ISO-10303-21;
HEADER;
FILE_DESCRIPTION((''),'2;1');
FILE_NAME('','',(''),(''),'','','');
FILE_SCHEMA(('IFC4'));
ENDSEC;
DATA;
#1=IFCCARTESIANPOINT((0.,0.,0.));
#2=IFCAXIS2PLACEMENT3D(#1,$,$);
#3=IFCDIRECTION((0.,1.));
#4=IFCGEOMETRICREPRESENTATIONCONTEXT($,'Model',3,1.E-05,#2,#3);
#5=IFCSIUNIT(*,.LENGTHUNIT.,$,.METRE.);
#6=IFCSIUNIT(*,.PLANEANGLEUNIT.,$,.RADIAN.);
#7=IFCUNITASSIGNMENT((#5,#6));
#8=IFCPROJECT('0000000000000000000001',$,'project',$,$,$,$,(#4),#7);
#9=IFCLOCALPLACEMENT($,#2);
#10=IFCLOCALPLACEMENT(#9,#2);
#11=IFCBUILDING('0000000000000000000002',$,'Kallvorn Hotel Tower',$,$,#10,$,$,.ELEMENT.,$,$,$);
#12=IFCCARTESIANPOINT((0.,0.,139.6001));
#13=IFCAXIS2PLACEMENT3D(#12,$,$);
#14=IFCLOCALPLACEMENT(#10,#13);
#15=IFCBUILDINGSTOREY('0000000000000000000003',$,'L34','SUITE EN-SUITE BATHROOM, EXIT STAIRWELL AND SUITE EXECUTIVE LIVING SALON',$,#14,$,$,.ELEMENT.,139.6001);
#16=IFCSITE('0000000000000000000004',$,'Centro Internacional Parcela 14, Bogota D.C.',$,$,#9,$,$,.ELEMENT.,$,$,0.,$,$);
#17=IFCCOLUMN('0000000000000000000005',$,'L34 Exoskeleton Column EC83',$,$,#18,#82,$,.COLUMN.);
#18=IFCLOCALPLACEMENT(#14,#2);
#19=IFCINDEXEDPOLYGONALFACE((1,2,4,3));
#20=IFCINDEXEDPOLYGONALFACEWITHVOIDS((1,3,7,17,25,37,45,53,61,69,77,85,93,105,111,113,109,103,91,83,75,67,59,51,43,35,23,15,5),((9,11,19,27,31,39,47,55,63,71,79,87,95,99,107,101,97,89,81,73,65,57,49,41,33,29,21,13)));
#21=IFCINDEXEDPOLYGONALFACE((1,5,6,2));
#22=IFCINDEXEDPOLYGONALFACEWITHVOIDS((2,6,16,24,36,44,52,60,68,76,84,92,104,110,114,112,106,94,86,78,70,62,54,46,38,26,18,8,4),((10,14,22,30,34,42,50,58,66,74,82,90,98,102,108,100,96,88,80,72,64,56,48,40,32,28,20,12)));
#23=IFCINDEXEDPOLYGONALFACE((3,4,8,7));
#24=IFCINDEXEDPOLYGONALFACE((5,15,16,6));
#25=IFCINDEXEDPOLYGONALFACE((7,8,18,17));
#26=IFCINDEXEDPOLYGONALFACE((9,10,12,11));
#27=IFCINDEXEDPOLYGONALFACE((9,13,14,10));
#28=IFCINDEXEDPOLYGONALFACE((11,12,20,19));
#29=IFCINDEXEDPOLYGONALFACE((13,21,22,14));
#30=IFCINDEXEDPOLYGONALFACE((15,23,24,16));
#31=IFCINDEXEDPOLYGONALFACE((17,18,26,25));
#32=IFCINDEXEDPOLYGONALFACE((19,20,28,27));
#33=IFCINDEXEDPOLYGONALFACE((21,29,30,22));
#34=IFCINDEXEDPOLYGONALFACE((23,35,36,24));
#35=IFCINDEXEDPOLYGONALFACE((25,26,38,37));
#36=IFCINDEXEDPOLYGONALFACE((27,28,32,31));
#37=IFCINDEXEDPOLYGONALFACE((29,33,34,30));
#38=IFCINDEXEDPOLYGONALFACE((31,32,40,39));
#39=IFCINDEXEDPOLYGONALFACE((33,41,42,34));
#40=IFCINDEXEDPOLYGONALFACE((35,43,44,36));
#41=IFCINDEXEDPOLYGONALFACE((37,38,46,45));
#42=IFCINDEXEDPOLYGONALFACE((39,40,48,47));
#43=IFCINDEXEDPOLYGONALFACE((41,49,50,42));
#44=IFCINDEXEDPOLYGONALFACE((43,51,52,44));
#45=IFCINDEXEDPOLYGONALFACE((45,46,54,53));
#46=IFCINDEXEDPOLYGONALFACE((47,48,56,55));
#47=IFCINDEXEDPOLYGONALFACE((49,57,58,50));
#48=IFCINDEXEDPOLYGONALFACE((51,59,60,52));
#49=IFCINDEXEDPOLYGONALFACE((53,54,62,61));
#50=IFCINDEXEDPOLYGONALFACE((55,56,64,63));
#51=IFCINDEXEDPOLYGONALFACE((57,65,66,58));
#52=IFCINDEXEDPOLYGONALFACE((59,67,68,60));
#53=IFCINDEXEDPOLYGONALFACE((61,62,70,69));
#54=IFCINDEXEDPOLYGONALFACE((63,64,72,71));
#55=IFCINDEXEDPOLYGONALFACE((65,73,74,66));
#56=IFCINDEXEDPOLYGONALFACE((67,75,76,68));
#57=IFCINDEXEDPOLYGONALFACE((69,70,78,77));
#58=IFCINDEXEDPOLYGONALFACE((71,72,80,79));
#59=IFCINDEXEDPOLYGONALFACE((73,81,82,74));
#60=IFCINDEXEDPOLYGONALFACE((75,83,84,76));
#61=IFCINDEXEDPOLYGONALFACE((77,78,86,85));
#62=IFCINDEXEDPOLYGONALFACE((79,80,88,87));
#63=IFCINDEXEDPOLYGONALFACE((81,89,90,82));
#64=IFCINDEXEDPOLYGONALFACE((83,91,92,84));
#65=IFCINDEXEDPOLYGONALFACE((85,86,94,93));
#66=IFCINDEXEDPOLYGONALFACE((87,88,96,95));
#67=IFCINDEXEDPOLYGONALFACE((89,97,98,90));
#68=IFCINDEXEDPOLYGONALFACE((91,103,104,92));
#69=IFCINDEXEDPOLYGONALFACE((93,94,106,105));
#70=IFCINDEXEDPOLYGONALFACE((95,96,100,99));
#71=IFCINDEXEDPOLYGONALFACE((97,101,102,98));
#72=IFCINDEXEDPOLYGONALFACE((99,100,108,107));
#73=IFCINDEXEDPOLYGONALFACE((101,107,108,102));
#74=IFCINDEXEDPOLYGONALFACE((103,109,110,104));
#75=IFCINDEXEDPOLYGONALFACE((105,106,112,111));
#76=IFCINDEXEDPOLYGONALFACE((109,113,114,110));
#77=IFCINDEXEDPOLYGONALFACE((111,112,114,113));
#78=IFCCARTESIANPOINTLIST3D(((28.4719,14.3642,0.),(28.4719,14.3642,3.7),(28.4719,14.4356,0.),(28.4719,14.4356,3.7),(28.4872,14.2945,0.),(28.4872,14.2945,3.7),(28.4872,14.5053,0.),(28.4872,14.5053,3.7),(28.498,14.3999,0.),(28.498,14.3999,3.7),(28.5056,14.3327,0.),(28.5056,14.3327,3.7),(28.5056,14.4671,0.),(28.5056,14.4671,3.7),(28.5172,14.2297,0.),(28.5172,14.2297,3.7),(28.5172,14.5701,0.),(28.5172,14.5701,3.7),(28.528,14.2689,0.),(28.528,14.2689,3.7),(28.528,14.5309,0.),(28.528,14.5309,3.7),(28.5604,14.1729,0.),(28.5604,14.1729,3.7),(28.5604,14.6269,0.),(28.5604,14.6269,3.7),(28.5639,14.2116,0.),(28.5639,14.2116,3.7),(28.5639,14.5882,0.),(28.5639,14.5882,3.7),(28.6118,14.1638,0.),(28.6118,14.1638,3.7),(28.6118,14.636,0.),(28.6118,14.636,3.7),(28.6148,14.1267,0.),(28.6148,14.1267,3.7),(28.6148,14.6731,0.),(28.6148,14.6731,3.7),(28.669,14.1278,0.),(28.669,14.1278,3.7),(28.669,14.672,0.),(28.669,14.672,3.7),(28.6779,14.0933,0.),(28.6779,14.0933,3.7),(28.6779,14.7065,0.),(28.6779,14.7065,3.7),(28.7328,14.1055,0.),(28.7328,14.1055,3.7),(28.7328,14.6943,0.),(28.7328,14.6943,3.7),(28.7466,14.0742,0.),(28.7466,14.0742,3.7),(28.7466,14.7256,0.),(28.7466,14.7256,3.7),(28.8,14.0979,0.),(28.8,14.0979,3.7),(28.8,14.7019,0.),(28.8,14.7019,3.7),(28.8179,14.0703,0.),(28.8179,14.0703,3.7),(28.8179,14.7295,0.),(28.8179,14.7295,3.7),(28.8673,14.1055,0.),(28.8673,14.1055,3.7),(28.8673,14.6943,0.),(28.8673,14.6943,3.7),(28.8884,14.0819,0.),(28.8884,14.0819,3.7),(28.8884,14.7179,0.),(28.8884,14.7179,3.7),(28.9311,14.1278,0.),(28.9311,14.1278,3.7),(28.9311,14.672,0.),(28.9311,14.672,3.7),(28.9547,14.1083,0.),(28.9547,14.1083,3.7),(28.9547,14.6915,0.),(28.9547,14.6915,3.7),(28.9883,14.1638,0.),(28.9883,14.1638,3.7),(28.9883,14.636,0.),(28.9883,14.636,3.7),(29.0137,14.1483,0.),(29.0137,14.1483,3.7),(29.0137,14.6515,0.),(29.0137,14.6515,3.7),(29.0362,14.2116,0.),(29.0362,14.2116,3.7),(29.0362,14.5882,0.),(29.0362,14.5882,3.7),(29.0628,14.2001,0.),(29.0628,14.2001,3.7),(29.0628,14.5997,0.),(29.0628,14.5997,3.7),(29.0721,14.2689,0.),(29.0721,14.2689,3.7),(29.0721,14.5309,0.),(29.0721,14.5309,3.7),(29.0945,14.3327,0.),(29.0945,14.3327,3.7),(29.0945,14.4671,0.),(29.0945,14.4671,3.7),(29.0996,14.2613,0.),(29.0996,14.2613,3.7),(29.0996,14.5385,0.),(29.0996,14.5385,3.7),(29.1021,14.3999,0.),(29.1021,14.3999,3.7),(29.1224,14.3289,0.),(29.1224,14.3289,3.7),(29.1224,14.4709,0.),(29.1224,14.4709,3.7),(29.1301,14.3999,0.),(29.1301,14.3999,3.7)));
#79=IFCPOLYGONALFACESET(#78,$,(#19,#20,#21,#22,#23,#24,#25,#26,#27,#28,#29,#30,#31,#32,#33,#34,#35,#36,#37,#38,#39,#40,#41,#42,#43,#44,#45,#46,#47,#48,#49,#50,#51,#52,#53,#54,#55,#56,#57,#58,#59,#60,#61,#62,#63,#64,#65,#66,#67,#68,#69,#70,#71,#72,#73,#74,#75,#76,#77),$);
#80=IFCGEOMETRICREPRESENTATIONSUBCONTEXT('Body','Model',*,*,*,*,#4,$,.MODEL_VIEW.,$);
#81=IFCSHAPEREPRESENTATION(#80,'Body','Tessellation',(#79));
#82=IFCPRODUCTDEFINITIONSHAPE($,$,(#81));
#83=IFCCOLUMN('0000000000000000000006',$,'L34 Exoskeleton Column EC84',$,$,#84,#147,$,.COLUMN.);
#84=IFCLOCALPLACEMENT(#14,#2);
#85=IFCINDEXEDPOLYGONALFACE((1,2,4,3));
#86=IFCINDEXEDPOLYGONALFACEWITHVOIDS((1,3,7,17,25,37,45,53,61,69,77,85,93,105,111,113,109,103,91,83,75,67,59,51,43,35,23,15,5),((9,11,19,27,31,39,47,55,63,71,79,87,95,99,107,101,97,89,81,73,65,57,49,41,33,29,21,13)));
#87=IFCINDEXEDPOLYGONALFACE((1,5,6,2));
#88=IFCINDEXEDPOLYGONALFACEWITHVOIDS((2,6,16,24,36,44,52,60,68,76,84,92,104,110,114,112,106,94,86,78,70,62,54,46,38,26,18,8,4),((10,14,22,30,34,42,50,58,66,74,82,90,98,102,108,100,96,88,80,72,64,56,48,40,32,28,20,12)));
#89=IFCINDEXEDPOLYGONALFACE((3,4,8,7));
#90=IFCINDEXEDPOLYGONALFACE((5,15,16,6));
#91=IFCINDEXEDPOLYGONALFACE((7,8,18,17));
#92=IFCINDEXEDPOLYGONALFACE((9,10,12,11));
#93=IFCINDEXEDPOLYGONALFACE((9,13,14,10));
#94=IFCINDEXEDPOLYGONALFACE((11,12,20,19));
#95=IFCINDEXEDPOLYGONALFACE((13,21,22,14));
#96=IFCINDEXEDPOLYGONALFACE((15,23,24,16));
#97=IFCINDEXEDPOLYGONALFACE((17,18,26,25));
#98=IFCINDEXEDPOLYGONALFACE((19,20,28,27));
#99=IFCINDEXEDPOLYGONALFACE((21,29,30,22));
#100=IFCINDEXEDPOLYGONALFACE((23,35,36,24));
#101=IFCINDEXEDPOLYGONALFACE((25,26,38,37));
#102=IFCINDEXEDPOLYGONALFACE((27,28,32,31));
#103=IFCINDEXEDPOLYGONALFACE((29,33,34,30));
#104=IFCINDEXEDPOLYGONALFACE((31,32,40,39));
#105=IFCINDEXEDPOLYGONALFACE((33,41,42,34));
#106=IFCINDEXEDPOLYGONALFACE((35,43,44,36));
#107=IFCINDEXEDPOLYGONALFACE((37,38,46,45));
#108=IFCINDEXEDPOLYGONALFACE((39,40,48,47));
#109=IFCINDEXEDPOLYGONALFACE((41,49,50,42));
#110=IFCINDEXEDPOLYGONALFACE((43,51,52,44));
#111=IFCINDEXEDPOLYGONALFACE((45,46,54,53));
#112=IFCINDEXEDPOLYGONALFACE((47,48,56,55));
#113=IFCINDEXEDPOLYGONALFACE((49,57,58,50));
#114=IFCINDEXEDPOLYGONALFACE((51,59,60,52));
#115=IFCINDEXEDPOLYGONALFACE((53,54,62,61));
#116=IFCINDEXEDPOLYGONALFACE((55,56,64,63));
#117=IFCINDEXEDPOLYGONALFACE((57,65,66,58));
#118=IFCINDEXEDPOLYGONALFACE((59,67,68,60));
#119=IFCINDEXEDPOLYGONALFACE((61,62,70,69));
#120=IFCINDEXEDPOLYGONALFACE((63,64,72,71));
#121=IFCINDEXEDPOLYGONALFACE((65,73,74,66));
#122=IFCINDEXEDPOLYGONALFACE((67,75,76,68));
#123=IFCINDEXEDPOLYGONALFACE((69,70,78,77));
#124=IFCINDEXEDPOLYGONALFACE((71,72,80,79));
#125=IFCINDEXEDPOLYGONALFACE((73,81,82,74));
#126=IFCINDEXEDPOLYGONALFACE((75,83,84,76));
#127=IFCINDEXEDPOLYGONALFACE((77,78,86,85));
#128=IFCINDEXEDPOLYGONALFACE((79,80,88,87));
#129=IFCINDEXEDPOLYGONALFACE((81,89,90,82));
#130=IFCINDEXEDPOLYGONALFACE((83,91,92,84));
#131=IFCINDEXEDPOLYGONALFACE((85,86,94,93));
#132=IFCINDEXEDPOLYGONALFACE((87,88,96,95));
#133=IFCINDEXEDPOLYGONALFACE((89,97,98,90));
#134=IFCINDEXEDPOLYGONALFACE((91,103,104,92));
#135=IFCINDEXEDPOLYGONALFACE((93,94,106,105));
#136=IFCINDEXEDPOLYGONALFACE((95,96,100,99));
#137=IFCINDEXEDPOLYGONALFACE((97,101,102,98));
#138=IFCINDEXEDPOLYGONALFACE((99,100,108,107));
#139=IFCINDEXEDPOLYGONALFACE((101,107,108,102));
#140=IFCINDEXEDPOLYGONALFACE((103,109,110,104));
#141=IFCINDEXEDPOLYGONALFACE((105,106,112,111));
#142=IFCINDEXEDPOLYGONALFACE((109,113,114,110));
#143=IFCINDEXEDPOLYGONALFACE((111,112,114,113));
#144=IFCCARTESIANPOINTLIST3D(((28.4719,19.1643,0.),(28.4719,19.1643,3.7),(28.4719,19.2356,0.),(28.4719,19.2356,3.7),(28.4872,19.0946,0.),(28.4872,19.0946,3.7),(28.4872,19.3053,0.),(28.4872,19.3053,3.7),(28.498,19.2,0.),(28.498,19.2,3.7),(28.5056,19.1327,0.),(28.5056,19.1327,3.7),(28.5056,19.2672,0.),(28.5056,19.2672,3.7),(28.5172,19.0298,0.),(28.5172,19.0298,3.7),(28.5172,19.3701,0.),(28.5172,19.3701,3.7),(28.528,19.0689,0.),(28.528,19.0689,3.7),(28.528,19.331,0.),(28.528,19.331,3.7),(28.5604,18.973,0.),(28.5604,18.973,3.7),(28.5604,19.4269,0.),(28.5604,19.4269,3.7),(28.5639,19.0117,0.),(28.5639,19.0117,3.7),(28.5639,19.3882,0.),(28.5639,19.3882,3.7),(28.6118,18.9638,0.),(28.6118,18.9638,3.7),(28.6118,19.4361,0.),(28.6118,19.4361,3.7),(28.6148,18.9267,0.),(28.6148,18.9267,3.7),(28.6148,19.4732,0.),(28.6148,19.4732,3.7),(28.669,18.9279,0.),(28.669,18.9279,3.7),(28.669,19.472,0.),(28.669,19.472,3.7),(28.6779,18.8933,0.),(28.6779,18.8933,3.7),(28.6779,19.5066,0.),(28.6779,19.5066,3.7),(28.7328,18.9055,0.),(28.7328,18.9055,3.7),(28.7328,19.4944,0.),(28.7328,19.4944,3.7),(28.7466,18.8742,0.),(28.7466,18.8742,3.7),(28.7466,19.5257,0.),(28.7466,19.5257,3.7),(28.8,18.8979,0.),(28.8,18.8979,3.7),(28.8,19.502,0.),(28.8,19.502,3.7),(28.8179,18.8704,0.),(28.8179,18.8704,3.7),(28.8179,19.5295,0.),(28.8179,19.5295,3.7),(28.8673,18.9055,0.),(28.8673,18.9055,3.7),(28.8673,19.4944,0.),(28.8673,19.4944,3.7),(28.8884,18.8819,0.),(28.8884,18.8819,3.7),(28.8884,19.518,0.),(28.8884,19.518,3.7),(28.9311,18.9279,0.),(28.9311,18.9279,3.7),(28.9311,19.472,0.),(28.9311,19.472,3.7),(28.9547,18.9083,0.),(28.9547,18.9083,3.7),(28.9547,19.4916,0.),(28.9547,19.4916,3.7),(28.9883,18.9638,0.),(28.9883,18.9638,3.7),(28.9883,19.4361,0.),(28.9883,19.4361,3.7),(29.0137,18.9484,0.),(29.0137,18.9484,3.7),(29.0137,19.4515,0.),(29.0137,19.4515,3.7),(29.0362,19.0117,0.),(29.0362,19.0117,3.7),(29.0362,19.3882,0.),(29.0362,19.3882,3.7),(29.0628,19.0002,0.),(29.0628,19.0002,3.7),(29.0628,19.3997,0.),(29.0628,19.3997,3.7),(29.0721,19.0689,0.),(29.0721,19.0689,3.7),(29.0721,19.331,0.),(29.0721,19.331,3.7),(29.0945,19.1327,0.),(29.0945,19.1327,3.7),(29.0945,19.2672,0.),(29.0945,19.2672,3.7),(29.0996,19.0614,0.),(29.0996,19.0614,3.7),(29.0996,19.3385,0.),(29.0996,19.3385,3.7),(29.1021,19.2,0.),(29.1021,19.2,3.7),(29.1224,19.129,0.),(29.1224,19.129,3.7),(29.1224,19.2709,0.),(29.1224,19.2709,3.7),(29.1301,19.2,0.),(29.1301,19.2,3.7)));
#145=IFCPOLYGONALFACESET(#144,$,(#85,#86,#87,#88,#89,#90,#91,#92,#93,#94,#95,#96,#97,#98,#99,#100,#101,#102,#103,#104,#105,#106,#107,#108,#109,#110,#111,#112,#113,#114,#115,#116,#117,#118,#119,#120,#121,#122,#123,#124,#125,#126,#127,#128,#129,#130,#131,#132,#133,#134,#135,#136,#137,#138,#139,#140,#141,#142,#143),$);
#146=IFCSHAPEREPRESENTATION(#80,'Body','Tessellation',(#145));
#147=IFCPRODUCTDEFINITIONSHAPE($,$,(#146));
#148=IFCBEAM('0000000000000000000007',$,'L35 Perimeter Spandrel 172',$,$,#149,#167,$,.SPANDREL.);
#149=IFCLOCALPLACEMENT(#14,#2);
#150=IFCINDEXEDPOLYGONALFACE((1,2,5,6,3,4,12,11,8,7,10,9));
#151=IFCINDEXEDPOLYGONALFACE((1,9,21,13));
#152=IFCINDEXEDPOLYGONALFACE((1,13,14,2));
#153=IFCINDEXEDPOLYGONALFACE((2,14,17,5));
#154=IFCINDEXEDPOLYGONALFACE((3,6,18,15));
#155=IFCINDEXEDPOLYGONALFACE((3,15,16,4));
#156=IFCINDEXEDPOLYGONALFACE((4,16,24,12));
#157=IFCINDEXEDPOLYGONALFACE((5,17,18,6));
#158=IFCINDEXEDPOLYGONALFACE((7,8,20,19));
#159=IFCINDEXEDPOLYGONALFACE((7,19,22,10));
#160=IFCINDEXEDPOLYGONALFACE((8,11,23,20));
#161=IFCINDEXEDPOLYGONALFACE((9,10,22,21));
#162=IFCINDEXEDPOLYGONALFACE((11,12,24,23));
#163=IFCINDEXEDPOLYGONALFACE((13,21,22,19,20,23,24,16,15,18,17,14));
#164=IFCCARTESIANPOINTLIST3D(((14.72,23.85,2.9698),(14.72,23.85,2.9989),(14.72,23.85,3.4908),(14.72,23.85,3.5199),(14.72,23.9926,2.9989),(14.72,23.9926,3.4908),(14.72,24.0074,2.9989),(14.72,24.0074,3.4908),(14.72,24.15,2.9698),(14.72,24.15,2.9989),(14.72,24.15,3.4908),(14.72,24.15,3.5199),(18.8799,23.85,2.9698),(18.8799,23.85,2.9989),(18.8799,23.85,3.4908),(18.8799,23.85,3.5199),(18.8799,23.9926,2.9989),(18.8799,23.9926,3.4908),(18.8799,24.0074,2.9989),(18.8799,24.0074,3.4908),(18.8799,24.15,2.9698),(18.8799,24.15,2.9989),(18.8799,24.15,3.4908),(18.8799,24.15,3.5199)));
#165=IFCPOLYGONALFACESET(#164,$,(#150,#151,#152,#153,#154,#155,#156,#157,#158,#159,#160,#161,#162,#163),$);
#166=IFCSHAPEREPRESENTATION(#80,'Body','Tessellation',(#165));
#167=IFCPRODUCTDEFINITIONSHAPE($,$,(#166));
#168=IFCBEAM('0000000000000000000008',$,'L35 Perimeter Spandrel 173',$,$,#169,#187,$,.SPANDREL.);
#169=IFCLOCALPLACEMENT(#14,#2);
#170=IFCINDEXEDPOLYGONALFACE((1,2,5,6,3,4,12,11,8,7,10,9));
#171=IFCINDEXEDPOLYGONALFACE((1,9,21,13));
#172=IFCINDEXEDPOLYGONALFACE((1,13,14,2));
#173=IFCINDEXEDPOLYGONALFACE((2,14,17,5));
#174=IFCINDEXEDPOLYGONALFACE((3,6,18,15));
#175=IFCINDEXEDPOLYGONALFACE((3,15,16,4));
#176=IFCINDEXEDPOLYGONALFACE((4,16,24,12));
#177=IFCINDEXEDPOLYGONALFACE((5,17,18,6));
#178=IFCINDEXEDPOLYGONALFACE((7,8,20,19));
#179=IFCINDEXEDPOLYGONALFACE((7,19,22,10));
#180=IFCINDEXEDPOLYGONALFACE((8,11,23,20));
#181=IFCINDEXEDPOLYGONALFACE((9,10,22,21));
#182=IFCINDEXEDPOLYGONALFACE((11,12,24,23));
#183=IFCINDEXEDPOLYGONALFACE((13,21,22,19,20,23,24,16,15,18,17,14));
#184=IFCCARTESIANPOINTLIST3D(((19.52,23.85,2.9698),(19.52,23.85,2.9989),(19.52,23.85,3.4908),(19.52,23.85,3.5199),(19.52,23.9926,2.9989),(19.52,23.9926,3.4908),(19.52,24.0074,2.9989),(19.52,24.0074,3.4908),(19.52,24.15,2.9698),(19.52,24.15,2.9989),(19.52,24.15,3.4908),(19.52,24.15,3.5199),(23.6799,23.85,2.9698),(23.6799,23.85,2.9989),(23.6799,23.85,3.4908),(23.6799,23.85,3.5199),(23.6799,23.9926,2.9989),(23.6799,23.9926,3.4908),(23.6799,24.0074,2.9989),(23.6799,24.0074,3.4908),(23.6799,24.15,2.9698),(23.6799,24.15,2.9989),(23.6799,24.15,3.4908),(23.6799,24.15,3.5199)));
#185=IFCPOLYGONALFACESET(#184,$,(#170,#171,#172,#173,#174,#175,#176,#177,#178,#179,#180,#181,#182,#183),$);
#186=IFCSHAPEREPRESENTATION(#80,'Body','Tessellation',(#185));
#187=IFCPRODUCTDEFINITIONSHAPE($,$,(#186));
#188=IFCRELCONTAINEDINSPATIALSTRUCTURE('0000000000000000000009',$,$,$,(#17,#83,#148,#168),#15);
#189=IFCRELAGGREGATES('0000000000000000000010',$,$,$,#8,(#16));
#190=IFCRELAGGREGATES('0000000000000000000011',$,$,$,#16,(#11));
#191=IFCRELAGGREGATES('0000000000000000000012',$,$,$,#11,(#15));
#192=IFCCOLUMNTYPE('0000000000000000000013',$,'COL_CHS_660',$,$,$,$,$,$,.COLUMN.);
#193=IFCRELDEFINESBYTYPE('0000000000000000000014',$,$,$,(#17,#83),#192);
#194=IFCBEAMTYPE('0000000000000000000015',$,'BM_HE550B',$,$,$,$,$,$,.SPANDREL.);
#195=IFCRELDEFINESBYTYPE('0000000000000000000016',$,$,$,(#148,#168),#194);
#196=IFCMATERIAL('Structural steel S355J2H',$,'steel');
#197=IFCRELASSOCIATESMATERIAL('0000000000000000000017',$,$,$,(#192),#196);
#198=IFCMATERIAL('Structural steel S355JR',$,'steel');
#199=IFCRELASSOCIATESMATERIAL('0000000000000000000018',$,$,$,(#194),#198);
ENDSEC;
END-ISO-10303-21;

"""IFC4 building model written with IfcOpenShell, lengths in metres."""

from ifc_helpers import new_model, si_unit, direction, frame, origin, origin_2d, place, context, subcontext, project, spatial, hollow_circle, i_section, extrude, material, material_profile, profile_set, type_object, element, save


model = new_model("IFC4")

# Units and contexts
model_context = context("Model", 3, precision=1e-05, world=origin(), true_north=direction((0.0, 1.0)))
body_context = subcontext(model_context, "Body", "Model", "MODEL_VIEW")
ifc_project = project(units=[si_unit("LENGTHUNIT", "METRE"), si_unit("PLANEANGLEUNIT", "RADIAN")], contexts=[model_context])

# Site, building, storey
site_placement = place(None, origin())
site = spatial("IfcSite", under=ifc_project, at=site_placement, Name="Centro Internacional Parcela 14, Bogota D.C.", CompositionType="ELEMENT", RefElevation=0.0)
building_placement = place(site_placement, origin())
building = spatial("IfcBuilding", under=site, at=building_placement, Name="Kallvorn Hotel Tower", CompositionType="ELEMENT")
storey_placement = place(building_placement, frame((0.0, 0.0, 139.6001)))
storey = spatial("IfcBuildingStorey", under=building, at=storey_placement, Name="L34", Description="SUITE EN-SUITE BATHROOM, EXIT STAIRWELL AND SUITE EXECUTIVE LIVING SALON", CompositionType="ELEMENT", Elevation=139.6001)

# Columns
ifc_material_1 = material(Name="Structural steel S355J2H", Category="steel")
ifc_material_profile_1 = material_profile(ifc_material_1, hollow_circle(Radius=0.3301, WallThickness=0.0281, at=origin_2d()), Name="CHS 660x28")
ifc_profile_set_1 = profile_set([ifc_material_profile_1], Name="Structural steel S355J2H")
column_type = type_object("IfcColumnType", Name="COL_CHS_660", PredefinedType="COLUMN", material=ifc_profile_set_1)
for number, where, z_axis, x_axis, name in (
    (1, (28.8, 14.3999, 0.0), (0.0, 0.0, 1.0), (1.0, 0.0, 0.0), "L34 Exoskeleton Column EC83"),
    (2, (28.8, 19.2, 0.0), (0.0, 0.0, 1.0), (1.0, 0.0, 0.0), "L34 Exoskeleton Column EC84"),
):
    element("IfcColumn", number, at=place(storey_placement, frame(where, z_axis=z_axis, x_axis=x_axis)), inside=storey, type_object=column_type, Name=name, PredefinedType="COLUMN", context=body_context, shape_type="SweptSolid", body=[
        extrude(hollow_circle(Radius=0.3301, WallThickness=0.0281, at=origin_2d()), origin(), (0.0, 0.0, 1.0), 3.7),
    ])

# Beams
ifc_material_2 = material(Name="Structural steel S355JR", Category="steel")
ifc_material_profile_2 = material_profile(ifc_material_2, i_section(OverallWidth=0.3, OverallDepth=0.55, WebThickness=0.0149, FlangeThickness=0.0291, at=origin_2d()), Name="HE 550 B")
ifc_profile_set_2 = profile_set([ifc_material_profile_2], Name="Structural steel S355JR")
beam_type_1 = type_object("IfcBeamType", Name="BM_HE550B", PredefinedType="SPANDREL", material=ifc_profile_set_2)
for number, where, z_axis, x_axis, name in (
    (3, (14.72, 24.0, 3.2449), (1.0, 0.0, 0.0), (0.0, 1.0, 0.0), "L35 Perimeter Spandrel 172"),
    (4, (19.52, 24.0, 3.2449), (1.0, 0.0, 0.0), (0.0, 1.0, 0.0), "L35 Perimeter Spandrel 173"),
):
    element("IfcBeam", number, at=place(storey_placement, frame(where, z_axis=z_axis, x_axis=x_axis)), inside=storey, type_object=beam_type_1, Name=name, PredefinedType="SPANDREL", context=body_context, shape_type="SweptSolid", body=[
        extrude(i_section(OverallWidth=0.3, OverallDepth=0.55, WebThickness=0.0149, FlangeThickness=0.0291, at=origin_2d()), origin(), (0.0, 0.0, 1.0), 4.1599),
    ])

save(model, "model.ifc")
